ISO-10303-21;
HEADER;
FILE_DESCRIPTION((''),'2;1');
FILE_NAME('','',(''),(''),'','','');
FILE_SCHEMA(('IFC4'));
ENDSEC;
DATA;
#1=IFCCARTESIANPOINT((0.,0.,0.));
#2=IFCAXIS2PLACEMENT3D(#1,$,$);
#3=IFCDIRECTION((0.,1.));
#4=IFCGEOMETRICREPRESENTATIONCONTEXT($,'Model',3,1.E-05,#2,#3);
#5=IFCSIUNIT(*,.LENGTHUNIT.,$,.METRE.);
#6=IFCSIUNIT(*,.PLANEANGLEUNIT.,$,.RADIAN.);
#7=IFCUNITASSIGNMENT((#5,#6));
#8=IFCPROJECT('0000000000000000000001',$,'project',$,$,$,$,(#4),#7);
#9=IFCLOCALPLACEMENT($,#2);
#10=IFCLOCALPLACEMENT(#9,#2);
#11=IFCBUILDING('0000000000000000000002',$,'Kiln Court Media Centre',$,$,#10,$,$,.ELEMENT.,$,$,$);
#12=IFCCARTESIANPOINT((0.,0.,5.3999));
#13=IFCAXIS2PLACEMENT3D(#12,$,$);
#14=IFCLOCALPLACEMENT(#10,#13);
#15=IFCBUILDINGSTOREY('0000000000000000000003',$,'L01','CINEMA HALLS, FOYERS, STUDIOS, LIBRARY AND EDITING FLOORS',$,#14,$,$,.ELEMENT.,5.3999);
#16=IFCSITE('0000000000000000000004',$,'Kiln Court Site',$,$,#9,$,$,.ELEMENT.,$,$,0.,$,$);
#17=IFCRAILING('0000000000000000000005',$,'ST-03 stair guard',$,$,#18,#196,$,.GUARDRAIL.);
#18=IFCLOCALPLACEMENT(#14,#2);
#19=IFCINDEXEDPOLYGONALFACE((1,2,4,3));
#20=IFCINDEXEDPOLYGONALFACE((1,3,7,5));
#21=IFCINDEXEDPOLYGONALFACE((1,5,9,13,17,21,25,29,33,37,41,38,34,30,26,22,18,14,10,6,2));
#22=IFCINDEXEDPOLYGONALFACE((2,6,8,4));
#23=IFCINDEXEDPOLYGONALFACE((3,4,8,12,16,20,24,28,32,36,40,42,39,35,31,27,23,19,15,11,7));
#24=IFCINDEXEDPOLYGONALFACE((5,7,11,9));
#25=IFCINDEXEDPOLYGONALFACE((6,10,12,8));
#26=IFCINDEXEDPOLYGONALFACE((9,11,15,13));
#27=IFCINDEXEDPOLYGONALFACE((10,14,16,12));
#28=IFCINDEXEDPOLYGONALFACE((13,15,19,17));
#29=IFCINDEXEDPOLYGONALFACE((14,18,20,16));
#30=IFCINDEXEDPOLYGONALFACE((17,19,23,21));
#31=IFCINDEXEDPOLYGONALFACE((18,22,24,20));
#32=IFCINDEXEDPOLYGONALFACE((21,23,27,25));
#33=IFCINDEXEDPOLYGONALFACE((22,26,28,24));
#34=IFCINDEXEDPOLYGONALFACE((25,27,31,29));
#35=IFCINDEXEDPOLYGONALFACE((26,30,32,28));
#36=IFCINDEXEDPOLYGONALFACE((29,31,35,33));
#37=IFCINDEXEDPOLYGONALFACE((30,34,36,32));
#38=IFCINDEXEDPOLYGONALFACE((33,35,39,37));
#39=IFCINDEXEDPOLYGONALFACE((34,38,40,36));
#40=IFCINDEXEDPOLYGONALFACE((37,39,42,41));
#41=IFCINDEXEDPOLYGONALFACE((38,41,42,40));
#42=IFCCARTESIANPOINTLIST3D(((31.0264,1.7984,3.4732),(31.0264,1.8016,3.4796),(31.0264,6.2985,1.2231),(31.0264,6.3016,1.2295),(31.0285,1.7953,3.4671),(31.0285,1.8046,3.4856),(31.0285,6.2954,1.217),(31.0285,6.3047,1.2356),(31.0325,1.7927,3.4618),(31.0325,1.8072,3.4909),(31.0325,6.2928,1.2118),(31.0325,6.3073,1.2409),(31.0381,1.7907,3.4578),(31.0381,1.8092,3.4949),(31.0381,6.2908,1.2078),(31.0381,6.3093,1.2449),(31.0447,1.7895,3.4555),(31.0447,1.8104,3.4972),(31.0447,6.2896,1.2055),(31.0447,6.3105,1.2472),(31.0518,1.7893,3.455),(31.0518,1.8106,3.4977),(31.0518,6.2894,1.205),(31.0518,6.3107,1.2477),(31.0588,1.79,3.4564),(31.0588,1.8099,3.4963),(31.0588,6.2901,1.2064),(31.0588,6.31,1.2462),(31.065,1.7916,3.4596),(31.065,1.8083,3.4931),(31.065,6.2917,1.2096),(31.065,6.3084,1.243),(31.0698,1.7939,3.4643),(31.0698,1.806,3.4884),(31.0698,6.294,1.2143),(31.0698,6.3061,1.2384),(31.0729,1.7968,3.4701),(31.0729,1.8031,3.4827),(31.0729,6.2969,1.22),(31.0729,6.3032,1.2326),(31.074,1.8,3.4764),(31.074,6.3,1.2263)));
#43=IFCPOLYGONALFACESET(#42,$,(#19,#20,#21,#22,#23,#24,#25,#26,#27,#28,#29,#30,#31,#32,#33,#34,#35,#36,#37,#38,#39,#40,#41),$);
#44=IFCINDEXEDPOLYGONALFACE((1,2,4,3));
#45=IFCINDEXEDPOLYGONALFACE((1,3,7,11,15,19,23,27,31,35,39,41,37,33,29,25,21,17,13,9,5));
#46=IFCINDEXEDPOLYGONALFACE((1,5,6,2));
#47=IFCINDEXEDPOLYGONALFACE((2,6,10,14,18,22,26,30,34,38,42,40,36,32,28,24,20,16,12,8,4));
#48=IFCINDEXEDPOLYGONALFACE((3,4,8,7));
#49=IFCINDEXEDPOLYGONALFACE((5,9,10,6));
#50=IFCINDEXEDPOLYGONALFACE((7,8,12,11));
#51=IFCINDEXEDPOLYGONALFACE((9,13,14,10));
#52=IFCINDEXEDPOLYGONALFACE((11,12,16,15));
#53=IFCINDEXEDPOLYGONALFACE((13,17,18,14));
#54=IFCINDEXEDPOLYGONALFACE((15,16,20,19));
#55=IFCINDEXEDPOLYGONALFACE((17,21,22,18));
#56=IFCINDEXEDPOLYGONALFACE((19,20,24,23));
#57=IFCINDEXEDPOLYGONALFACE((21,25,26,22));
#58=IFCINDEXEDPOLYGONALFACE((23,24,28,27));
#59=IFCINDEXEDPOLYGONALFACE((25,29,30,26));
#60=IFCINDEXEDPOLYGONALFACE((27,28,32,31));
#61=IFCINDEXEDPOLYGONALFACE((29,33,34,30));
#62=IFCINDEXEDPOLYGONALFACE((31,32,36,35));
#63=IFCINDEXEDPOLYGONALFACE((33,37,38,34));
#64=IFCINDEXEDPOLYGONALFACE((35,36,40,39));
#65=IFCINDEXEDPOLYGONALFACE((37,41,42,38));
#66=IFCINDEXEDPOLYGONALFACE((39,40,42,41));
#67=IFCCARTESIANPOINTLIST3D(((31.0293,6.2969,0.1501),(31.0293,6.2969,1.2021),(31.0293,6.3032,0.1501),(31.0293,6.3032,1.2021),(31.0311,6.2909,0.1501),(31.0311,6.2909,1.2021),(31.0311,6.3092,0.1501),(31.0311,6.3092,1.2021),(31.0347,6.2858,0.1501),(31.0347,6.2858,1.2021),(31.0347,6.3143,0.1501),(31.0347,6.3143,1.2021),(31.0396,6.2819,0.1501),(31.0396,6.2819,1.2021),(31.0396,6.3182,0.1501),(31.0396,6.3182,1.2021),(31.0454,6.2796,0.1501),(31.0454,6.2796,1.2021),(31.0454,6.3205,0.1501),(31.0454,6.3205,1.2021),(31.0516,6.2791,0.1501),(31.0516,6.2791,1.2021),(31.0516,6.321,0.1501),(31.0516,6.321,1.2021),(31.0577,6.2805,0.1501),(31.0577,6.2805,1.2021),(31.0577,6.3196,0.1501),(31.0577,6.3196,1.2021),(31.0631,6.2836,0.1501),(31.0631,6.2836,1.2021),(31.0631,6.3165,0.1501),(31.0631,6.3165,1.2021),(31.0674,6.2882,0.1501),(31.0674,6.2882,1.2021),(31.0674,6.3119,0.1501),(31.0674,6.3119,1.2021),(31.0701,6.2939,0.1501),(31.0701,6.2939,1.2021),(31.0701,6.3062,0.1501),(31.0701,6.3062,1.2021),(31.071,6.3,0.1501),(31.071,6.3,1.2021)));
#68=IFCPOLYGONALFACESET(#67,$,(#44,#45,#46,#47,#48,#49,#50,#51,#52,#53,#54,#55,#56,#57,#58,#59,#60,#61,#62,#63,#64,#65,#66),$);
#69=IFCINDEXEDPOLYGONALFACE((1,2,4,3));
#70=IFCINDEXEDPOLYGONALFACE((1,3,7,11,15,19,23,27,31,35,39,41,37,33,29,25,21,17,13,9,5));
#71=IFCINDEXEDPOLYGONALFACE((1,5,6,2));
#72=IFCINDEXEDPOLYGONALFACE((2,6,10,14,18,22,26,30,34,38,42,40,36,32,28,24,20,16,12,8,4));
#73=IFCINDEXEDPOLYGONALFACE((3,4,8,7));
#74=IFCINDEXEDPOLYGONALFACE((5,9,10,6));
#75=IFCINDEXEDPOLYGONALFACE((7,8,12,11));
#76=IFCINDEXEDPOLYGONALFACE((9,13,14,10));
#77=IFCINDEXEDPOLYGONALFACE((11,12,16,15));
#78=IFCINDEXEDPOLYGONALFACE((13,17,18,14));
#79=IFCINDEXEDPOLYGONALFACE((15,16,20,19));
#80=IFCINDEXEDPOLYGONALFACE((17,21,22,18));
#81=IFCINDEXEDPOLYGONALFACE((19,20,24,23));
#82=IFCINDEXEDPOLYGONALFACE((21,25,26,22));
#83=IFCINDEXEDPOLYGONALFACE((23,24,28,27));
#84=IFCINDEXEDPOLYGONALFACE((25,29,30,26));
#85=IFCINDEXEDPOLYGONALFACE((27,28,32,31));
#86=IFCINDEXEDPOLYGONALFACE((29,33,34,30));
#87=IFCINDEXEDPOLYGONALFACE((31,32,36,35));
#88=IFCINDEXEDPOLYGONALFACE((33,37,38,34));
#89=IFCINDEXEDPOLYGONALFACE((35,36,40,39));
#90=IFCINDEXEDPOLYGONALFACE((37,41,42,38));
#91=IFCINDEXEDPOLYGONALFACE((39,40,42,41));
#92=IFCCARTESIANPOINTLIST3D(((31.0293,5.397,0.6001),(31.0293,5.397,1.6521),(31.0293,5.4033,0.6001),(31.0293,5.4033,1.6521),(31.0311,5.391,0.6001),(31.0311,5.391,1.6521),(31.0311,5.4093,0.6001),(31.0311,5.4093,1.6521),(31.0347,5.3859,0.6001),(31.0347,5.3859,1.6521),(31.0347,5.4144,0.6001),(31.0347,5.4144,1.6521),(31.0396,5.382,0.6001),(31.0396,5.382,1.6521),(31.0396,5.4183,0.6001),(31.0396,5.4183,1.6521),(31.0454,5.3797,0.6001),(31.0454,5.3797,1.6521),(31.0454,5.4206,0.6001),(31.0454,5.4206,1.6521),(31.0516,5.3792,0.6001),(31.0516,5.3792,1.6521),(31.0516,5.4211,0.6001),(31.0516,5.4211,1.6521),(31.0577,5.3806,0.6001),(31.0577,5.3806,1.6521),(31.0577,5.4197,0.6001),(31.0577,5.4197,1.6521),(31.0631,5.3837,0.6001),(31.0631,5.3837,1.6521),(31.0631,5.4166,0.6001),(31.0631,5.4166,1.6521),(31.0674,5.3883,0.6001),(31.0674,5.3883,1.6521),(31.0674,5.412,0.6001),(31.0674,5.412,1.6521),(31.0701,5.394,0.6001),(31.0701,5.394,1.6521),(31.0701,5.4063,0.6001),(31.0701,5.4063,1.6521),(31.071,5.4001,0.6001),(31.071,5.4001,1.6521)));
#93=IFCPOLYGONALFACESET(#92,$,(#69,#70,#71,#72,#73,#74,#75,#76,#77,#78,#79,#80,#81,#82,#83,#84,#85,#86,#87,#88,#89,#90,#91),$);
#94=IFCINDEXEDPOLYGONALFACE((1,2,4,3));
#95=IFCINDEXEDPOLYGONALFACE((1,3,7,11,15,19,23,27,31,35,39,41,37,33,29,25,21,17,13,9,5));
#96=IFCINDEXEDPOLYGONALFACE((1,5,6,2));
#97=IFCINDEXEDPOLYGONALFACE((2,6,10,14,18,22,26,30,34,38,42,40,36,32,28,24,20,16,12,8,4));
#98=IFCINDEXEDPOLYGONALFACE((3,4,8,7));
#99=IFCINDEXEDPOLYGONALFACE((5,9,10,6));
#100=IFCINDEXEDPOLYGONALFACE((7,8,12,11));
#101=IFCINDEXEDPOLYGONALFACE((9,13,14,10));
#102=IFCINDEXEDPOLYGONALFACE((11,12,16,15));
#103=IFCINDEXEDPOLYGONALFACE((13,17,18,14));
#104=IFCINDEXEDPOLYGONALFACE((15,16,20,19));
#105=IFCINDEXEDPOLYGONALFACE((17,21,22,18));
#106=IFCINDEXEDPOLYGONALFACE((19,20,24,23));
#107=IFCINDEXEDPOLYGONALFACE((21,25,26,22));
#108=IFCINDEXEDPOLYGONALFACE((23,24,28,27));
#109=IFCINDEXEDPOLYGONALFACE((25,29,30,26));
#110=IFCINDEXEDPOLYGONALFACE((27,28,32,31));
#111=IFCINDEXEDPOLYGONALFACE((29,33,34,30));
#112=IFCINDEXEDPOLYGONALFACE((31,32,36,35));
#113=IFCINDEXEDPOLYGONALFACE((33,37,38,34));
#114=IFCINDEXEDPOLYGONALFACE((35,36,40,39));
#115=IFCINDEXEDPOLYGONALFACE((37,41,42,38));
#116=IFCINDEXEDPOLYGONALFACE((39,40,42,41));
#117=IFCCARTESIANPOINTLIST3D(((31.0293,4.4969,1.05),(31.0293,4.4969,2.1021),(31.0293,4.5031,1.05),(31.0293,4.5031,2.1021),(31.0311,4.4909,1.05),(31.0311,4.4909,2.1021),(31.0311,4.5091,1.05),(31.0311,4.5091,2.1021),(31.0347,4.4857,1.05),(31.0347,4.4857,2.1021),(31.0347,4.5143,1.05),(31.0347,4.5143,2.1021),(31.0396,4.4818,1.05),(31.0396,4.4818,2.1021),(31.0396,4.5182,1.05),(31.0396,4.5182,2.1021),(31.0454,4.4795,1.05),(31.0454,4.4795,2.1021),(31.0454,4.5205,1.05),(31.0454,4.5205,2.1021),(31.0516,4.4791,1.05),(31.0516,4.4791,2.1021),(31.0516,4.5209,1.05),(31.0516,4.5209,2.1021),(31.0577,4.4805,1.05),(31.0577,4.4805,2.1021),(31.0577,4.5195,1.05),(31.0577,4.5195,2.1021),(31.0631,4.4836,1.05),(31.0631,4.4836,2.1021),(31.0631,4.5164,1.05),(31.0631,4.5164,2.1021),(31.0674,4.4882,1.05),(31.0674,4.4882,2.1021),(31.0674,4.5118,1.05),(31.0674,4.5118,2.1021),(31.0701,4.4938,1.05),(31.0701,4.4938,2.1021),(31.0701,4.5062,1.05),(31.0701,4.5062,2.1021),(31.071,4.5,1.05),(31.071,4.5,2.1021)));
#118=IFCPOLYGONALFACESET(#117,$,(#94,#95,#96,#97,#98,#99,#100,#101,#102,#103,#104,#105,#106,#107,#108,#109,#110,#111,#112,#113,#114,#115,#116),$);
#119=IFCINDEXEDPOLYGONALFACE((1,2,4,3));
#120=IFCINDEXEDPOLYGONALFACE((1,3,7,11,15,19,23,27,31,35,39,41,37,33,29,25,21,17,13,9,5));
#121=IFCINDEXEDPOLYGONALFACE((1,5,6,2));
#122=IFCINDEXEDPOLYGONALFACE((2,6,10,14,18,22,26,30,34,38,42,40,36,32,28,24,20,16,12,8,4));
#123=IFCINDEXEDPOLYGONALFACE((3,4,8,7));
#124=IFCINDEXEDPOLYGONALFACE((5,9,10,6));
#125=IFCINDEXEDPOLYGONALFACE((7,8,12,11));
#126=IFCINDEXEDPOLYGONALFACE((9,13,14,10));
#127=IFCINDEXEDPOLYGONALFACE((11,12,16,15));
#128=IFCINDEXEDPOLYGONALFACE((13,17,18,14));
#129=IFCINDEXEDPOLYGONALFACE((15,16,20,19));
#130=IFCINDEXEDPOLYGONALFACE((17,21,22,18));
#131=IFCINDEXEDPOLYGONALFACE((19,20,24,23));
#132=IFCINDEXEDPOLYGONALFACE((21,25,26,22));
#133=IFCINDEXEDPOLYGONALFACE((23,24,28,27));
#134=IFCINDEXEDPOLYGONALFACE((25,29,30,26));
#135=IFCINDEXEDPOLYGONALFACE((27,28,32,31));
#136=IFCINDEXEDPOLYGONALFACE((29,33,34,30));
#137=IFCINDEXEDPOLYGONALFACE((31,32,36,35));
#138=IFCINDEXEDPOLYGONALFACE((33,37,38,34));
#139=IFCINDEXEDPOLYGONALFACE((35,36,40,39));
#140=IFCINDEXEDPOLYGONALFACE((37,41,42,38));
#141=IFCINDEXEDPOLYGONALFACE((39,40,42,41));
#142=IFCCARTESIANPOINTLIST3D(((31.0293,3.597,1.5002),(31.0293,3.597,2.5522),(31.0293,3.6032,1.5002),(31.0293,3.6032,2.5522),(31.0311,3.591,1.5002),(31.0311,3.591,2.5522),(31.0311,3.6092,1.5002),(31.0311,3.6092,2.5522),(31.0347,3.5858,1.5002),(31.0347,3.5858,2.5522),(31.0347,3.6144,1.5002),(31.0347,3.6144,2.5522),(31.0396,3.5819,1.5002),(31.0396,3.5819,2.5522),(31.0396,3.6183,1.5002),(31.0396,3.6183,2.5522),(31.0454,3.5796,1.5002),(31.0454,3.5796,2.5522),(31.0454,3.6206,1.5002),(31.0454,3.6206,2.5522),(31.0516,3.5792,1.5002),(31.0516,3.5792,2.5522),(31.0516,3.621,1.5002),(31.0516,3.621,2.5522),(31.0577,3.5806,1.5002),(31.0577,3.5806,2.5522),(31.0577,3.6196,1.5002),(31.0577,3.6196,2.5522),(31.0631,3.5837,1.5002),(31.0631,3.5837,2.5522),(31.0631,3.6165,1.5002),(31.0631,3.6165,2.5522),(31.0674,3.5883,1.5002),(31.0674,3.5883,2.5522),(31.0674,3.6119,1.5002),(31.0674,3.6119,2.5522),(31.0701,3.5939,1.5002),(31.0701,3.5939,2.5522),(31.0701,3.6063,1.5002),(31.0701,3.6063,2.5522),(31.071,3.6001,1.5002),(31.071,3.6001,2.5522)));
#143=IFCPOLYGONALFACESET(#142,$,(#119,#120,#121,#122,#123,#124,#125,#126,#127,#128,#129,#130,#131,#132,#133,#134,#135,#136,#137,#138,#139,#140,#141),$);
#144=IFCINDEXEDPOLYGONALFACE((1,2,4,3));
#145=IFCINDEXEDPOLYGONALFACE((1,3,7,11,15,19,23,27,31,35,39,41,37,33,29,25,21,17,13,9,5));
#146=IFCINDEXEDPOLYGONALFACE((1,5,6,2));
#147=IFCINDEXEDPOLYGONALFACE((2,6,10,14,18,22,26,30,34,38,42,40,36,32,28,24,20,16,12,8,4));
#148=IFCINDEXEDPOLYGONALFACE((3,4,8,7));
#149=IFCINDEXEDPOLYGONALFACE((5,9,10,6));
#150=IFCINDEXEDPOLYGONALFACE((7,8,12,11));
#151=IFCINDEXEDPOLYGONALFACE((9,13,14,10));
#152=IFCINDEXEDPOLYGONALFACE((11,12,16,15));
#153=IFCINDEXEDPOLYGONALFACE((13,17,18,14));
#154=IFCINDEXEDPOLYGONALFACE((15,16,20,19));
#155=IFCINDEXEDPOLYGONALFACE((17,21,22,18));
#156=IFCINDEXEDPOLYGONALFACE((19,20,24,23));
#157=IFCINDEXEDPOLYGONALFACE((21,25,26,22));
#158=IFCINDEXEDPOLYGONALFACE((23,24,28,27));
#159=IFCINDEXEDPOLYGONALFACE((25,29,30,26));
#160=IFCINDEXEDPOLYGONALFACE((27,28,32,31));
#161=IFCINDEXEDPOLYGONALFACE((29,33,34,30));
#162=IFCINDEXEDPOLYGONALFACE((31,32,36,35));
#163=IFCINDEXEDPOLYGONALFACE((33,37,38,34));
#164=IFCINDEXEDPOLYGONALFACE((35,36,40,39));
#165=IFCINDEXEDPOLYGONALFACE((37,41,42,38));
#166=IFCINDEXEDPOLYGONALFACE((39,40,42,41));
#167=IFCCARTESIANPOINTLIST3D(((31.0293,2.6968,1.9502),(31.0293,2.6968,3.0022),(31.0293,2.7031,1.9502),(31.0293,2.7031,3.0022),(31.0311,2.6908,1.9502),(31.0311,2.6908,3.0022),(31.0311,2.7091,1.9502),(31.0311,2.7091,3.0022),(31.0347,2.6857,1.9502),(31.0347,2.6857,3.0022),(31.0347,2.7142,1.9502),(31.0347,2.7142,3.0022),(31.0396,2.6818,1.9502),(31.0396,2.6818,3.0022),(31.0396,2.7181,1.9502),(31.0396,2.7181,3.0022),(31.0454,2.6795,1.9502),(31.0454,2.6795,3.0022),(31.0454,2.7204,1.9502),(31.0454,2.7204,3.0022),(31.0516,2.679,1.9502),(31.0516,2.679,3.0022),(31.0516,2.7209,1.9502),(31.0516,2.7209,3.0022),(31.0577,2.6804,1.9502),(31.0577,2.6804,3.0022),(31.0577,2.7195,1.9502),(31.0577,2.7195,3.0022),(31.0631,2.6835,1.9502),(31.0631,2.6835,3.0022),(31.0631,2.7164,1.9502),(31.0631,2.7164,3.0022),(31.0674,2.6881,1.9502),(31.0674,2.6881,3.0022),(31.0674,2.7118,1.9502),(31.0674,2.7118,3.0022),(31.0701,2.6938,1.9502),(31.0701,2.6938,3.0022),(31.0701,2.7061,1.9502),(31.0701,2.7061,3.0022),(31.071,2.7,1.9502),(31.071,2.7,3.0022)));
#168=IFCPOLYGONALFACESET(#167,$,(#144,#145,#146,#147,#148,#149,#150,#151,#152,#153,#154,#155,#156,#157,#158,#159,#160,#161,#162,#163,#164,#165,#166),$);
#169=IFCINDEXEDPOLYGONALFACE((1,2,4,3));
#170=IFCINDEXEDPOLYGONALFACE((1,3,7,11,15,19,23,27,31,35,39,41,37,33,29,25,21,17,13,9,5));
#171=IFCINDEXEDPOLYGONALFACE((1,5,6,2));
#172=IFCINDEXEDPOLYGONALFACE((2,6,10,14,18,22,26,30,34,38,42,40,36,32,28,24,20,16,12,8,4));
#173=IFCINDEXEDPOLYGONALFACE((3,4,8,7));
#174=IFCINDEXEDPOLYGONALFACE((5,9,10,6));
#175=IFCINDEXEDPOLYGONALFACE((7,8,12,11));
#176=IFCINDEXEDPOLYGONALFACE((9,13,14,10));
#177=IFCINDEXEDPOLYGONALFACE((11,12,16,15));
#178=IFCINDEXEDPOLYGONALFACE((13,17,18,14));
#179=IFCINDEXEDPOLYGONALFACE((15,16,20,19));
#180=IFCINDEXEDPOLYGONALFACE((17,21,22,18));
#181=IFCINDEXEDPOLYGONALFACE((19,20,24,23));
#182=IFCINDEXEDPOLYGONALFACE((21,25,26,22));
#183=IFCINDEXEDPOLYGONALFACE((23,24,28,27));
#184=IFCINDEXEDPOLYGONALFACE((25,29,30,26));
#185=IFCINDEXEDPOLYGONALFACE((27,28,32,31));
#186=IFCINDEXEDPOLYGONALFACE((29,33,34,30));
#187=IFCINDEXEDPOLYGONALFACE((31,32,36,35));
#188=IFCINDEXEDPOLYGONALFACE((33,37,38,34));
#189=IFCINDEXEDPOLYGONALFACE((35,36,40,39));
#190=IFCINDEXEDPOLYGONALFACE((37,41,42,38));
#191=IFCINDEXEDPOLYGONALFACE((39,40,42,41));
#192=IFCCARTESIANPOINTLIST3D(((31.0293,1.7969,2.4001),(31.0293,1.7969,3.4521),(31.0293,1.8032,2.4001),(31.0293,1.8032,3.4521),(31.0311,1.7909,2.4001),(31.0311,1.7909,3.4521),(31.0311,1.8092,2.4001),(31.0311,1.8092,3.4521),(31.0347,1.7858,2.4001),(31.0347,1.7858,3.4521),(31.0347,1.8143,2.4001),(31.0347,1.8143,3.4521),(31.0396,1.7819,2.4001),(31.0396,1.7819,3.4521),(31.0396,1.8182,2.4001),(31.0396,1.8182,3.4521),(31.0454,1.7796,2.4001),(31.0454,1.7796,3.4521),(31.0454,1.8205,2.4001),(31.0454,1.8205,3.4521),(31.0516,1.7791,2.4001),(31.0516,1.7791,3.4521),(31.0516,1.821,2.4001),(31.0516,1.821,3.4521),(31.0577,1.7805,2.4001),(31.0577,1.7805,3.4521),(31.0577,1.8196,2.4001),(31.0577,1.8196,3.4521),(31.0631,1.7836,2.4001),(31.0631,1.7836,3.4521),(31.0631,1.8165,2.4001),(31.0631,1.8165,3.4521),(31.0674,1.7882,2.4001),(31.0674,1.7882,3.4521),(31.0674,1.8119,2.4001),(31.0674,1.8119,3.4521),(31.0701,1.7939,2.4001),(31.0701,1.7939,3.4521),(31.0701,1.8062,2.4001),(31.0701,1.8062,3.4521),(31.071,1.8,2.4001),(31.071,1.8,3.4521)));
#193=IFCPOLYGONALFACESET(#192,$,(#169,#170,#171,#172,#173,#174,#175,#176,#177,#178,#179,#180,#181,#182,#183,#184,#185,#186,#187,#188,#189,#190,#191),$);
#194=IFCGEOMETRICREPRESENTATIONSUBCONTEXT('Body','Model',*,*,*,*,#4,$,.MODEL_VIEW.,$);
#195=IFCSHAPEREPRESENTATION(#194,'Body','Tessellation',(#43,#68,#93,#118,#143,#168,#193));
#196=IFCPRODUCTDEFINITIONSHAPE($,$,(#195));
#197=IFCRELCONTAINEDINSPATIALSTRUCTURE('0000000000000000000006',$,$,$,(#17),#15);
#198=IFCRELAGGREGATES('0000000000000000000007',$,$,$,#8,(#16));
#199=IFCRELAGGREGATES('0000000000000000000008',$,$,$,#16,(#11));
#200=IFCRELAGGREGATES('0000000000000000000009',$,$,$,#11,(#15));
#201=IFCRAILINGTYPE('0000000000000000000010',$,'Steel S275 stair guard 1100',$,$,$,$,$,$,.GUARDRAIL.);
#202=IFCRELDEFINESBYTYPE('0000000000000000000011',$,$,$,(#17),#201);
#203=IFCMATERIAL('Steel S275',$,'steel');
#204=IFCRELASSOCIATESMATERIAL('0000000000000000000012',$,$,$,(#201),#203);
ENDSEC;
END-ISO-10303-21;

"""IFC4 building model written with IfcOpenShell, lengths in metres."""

from ifc_helpers import new_model, si_unit, direction, frame, origin, origin_2d, place, context, subcontext, project, spatial, circle, extrude, material, type_object, element, save


model = new_model("IFC4")

# Units and contexts
model_context = context("Model", 3, precision=1e-05, world=origin(), true_north=direction((0.0, 1.0)))
body_context = subcontext(model_context, "Body", "Model", "MODEL_VIEW")
ifc_project = project(units=[si_unit("LENGTHUNIT", "METRE"), si_unit("PLANEANGLEUNIT", "RADIAN")], contexts=[model_context])

# Site, building, storey
site_placement = place(None, origin())
site = spatial("IfcSite", under=ifc_project, at=site_placement, Name="Kiln Court Site", CompositionType="ELEMENT", RefElevation=0.0)
building_placement = place(site_placement, origin())
building = spatial("IfcBuilding", under=site, at=building_placement, Name="Kiln Court Media Centre", CompositionType="ELEMENT")
storey_placement = place(building_placement, frame((0.0, 0.0, 5.3999)))
storey = spatial("IfcBuildingStorey", under=building, at=storey_placement, Name="L01", Description="CINEMA HALLS, FOYERS, STUDIOS, LIBRARY AND EDITING FLOORS", CompositionType="ELEMENT", Elevation=5.3999)

# Railing
ifc_material_1 = material(Name="Steel S275", Category="steel")
railing_type_1 = type_object("IfcRailingType", Name="Steel S275 stair guard 1100", PredefinedType="GUARDRAIL", material=ifc_material_1)
railing_1_placement = place(storey_placement, frame((31.05, 6.3, 0.1501)))
element("IfcRailing", 1, at=railing_1_placement, inside=storey, type_object=railing_type_1, Name="ST-03 stair guard", PredefinedType="GUARDRAIL", context=body_context, shape_type="SweptSolid", body=[
    extrude(circle(Radius=0.0239, at=origin_2d()), frame((0.0, 0.0, 1.0762), z_axis=(0.0, -0.894427, 0.447214), x_axis=(1.0, 0.0, 0.0)), (0.0, 0.0, 1.0), 5.0312),
    extrude(circle(Radius=0.021, at=origin_2d()), origin(), (0.0, 0.0, 1.0), 1.052),
    extrude(circle(Radius=0.021, at=origin_2d()), frame((0.0, -0.8999, 0.45)), (0.0, 0.0, 1.0), 1.052),
    extrude(circle(Radius=0.021, at=origin_2d()), frame((0.0, -1.8, 0.8999)), (0.0, 0.0, 1.0), 1.052),
    extrude(circle(Radius=0.021, at=origin_2d()), frame((0.0, -2.7, 1.3501)), (0.0, 0.0, 1.0), 1.052),
    extrude(circle(Radius=0.021, at=origin_2d()), frame((0.0, -3.6001, 1.8)), (0.0, 0.0, 1.0), 1.052),
    extrude(circle(Radius=0.021, at=origin_2d()), frame((0.0, -4.5, 2.25)), (0.0, 0.0, 1.0), 1.052),
])

save(model, "model.ifc")
